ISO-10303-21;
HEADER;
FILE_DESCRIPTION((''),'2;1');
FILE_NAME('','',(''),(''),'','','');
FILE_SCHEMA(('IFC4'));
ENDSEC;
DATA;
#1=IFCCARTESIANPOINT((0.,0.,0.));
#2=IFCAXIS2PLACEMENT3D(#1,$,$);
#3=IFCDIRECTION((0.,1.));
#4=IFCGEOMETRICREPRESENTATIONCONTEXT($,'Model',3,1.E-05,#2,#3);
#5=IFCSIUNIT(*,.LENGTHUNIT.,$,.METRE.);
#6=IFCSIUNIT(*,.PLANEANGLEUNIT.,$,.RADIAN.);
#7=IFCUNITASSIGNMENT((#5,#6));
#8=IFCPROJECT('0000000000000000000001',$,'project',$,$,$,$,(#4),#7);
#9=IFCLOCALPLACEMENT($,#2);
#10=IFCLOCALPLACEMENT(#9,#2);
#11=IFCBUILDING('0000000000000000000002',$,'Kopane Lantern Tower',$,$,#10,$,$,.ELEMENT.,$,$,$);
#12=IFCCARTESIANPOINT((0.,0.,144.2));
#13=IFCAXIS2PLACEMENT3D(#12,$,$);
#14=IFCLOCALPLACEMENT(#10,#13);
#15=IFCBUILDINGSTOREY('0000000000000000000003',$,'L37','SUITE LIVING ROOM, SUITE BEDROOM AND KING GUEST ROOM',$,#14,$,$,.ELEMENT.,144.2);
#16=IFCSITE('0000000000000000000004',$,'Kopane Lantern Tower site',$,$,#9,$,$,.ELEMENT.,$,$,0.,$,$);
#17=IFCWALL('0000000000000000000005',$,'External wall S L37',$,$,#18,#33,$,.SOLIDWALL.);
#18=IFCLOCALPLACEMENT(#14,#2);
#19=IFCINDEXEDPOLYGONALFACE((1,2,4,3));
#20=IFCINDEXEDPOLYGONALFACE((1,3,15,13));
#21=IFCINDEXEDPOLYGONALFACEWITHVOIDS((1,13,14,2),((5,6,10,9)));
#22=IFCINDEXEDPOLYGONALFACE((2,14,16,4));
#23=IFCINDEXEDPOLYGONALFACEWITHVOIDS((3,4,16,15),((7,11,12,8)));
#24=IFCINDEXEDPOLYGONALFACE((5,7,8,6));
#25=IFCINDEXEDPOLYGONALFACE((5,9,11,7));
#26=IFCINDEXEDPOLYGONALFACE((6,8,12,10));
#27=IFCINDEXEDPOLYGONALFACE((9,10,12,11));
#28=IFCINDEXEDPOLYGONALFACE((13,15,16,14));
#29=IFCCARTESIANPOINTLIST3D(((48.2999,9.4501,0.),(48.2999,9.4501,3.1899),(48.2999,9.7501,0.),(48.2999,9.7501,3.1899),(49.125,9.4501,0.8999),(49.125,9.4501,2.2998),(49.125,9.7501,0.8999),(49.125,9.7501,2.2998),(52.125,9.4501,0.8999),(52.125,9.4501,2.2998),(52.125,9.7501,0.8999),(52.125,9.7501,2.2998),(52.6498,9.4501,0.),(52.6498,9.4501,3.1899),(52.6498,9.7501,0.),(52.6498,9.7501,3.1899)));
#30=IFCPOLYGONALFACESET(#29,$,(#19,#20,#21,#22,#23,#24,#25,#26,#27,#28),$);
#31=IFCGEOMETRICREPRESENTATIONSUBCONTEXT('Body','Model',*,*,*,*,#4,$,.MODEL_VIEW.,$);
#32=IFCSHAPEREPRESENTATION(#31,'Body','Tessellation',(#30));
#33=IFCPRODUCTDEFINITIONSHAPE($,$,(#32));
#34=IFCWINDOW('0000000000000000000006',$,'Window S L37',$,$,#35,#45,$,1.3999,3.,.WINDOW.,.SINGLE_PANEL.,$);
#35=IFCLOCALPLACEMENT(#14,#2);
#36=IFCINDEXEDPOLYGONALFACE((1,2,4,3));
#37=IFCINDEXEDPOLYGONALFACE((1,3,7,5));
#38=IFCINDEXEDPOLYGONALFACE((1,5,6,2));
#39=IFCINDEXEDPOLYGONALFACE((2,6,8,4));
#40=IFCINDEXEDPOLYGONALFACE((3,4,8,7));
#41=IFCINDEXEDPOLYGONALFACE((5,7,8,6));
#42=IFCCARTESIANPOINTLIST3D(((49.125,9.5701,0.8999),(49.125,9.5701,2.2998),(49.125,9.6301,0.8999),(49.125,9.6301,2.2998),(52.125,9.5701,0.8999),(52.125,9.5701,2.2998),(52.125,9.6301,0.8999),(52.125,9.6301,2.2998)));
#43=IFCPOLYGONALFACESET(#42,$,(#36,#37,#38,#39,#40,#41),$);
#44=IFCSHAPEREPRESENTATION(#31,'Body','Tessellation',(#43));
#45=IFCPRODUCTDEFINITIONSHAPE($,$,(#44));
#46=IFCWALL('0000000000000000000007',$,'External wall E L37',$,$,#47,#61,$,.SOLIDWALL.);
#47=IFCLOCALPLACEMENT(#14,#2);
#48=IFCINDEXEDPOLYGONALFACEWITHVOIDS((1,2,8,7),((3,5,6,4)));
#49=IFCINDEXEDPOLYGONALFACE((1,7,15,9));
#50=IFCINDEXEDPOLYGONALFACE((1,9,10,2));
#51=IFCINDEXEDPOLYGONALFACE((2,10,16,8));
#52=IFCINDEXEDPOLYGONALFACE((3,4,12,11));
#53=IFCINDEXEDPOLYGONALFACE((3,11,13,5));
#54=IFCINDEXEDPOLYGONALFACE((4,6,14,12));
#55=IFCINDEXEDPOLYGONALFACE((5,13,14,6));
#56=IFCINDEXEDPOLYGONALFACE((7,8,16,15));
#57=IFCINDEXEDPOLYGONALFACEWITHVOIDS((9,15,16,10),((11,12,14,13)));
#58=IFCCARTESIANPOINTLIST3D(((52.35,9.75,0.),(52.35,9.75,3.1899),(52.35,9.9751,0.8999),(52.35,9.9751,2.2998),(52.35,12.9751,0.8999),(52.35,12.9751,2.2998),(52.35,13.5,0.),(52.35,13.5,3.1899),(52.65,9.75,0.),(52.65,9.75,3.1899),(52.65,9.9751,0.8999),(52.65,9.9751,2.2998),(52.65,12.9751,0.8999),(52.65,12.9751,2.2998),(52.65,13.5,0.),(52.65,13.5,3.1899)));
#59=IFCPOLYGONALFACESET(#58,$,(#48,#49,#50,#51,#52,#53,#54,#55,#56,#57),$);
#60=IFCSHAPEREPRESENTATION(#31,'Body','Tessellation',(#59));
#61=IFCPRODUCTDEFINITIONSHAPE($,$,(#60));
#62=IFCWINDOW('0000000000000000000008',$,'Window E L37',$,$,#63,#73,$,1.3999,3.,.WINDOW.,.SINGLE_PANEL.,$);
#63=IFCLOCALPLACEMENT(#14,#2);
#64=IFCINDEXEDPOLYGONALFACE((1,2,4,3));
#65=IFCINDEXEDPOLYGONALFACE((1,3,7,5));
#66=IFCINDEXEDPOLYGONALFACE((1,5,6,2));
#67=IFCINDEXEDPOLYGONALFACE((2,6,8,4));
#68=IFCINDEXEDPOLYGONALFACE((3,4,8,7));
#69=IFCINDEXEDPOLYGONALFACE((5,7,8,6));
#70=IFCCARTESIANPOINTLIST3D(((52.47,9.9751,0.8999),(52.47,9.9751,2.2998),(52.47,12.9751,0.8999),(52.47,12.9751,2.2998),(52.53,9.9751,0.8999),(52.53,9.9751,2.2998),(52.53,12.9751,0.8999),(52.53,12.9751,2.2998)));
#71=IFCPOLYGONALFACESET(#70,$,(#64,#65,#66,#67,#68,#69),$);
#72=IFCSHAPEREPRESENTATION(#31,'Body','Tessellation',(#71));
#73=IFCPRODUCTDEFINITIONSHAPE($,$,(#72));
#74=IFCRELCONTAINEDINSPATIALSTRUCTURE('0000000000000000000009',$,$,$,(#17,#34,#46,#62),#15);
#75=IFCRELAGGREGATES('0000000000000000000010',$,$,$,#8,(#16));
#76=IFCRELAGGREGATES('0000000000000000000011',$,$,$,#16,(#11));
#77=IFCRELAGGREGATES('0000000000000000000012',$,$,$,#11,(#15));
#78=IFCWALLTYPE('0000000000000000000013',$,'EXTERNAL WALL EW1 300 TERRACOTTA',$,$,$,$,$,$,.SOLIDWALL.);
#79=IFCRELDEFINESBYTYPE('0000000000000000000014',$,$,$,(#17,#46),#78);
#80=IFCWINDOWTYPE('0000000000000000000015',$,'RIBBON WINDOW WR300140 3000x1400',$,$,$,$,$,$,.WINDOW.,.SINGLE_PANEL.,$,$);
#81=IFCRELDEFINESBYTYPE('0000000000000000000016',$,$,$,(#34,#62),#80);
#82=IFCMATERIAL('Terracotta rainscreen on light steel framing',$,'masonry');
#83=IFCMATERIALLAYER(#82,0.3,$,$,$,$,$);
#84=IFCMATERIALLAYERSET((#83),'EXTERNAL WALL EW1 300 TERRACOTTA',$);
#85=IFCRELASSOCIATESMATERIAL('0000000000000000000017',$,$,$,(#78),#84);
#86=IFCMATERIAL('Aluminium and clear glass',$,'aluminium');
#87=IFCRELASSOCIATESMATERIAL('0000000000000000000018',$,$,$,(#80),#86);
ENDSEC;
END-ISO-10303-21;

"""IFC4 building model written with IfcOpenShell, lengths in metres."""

from ifc_helpers import new_model, si_unit, direction, frame, frame_2d, origin, place, context, subcontext, project, spatial, rectangle, extrude, material, layer, layer_set, type_object, element, fill, save


model = new_model("IFC4")

# Units and contexts
model_context = context("Model", 3, precision=1e-05, world=origin(), true_north=direction((0.0, 1.0)))
body_context = subcontext(model_context, "Body", "Model", "MODEL_VIEW")
ifc_project = project(units=[si_unit("LENGTHUNIT", "METRE"), si_unit("PLANEANGLEUNIT", "RADIAN")], contexts=[model_context])

# Site, building, storey
site_placement = place(None, origin())
site = spatial("IfcSite", under=ifc_project, at=site_placement, Name="Kopane Lantern Tower site", CompositionType="ELEMENT", RefElevation=0.0)
building_placement = place(site_placement, origin())
building = spatial("IfcBuilding", under=site, at=building_placement, Name="Kopane Lantern Tower", CompositionType="ELEMENT")
storey_placement = place(building_placement, frame((0.0, 0.0, 144.2)))
storey = spatial("IfcBuildingStorey", under=building, at=storey_placement, Name="L37", Description="SUITE LIVING ROOM, SUITE BEDROOM AND KING GUEST ROOM", CompositionType="ELEMENT", Elevation=144.2)

# Walls, openings, windows
ifc_material_1 = material(Name="Terracotta rainscreen on light steel framing", Category="masonry")
ifc_layer = layer(ifc_material_1, 0.3)
ifc_layer_set = layer_set([ifc_layer], Name="EXTERNAL WALL EW1 300 TERRACOTTA")
wall_type = type_object("IfcWallType", Name="EXTERNAL WALL EW1 300 TERRACOTTA", PredefinedType="SOLIDWALL", material=ifc_layer_set)
ifc_material_2 = material(Name="Aluminium and clear glass", Category="aluminium")
window_type = type_object("IfcWindowType", Name="RIBBON WINDOW WR300140 3000x1400", PartitioningType="SINGLE_PANEL", PredefinedType="WINDOW", material=ifc_material_2)
wall_1_placement = place(storey_placement, frame((48.3, 9.6001, 0.0), z_axis=(0.0, 0.0, 1.0), x_axis=(1.0, 0.0, 0.0)))
wall_1 = element("IfcWall", 1, at=wall_1_placement, inside=storey, type_object=wall_type, Name="External wall S L37", PredefinedType="SOLIDWALL", context=body_context, shape_type="SweptSolid", body=[
    extrude(rectangle(XDim=4.3499, YDim=0.3, at=frame_2d((2.1748, 0.0))), origin(), (0.0, 0.0, 1.0), 3.1899),
])
opening_1_placement = place(wall_1_placement, frame((0.825, 0.0, 0.8999)))
opening_1 = element("IfcOpeningElement", 2, at=opening_1_placement, cuts=wall_1, PredefinedType="OPENING", context=body_context, shape_type="SweptSolid", body=[
    extrude(rectangle(XDim=3.0, YDim=1.3999, at=frame_2d((1.5, 0.7))), frame((0.0, 0.1599, 0.0), z_axis=(0.0, -1.0, 0.0), x_axis=(1.0, 0.0, 0.0)), (0.0, 0.0, 1.0), 0.3201),
])
window_1_placement = place(opening_1_placement, origin())
window_1 = element("IfcWindow", 3, at=window_1_placement, inside=storey, type_object=window_type, Name="Window S L37", OverallHeight=1.3999, OverallWidth=3.0, PartitioningType="SINGLE_PANEL", PredefinedType="WINDOW", context=body_context, shape_type="SweptSolid", body=[
    extrude(rectangle(XDim=3.0, YDim=1.3999, at=frame_2d((1.5, 0.7))), frame((0.0, 0.03, 0.0), z_axis=(0.0, -1.0, 0.0), x_axis=(1.0, 0.0, 0.0)), (0.0, 0.0, 1.0), 0.0601),
])
fill(opening_1, window_1)
wall_2_placement = place(storey_placement, frame((52.5, 9.75, 0.0), z_axis=(0.0, 0.0, 1.0), x_axis=(0.0, 1.0, 0.0)))
wall_2 = element("IfcWall", 4, at=wall_2_placement, inside=storey, type_object=wall_type, Name="External wall E L37", PredefinedType="SOLIDWALL", context=body_context, shape_type="SweptSolid", body=[
    extrude(rectangle(XDim=3.75, YDim=0.3, at=frame_2d((1.875, 0.0))), origin(), (0.0, 0.0, 1.0), 3.1899),
])
opening_2_placement = place(wall_2_placement, frame((0.2251, 0.0, 0.8999)))
opening_2 = element("IfcOpeningElement", 5, at=opening_2_placement, cuts=wall_2, PredefinedType="OPENING", context=body_context, shape_type="SweptSolid", body=[
    extrude(rectangle(XDim=3.0, YDim=1.3999, at=frame_2d((1.5, 0.7))), frame((0.0, 0.1599, 0.0), z_axis=(0.0, -1.0, 0.0), x_axis=(1.0, 0.0, 0.0)), (0.0, 0.0, 1.0), 0.3201),
])
window_2_placement = place(opening_2_placement, origin())
window_2 = element("IfcWindow", 6, at=window_2_placement, inside=storey, type_object=window_type, Name="Window E L37", OverallHeight=1.3999, OverallWidth=3.0, PartitioningType="SINGLE_PANEL", PredefinedType="WINDOW", context=body_context, shape_type="SweptSolid", body=[
    extrude(rectangle(XDim=3.0, YDim=1.3999, at=frame_2d((1.5, 0.7))), frame((0.0, 0.03, 0.0), z_axis=(0.0, -1.0, 0.0), x_axis=(1.0, 0.0, 0.0)), (0.0, 0.0, 1.0), 0.0601),
])
fill(opening_2, window_2)

save(model, "model.ifc")
